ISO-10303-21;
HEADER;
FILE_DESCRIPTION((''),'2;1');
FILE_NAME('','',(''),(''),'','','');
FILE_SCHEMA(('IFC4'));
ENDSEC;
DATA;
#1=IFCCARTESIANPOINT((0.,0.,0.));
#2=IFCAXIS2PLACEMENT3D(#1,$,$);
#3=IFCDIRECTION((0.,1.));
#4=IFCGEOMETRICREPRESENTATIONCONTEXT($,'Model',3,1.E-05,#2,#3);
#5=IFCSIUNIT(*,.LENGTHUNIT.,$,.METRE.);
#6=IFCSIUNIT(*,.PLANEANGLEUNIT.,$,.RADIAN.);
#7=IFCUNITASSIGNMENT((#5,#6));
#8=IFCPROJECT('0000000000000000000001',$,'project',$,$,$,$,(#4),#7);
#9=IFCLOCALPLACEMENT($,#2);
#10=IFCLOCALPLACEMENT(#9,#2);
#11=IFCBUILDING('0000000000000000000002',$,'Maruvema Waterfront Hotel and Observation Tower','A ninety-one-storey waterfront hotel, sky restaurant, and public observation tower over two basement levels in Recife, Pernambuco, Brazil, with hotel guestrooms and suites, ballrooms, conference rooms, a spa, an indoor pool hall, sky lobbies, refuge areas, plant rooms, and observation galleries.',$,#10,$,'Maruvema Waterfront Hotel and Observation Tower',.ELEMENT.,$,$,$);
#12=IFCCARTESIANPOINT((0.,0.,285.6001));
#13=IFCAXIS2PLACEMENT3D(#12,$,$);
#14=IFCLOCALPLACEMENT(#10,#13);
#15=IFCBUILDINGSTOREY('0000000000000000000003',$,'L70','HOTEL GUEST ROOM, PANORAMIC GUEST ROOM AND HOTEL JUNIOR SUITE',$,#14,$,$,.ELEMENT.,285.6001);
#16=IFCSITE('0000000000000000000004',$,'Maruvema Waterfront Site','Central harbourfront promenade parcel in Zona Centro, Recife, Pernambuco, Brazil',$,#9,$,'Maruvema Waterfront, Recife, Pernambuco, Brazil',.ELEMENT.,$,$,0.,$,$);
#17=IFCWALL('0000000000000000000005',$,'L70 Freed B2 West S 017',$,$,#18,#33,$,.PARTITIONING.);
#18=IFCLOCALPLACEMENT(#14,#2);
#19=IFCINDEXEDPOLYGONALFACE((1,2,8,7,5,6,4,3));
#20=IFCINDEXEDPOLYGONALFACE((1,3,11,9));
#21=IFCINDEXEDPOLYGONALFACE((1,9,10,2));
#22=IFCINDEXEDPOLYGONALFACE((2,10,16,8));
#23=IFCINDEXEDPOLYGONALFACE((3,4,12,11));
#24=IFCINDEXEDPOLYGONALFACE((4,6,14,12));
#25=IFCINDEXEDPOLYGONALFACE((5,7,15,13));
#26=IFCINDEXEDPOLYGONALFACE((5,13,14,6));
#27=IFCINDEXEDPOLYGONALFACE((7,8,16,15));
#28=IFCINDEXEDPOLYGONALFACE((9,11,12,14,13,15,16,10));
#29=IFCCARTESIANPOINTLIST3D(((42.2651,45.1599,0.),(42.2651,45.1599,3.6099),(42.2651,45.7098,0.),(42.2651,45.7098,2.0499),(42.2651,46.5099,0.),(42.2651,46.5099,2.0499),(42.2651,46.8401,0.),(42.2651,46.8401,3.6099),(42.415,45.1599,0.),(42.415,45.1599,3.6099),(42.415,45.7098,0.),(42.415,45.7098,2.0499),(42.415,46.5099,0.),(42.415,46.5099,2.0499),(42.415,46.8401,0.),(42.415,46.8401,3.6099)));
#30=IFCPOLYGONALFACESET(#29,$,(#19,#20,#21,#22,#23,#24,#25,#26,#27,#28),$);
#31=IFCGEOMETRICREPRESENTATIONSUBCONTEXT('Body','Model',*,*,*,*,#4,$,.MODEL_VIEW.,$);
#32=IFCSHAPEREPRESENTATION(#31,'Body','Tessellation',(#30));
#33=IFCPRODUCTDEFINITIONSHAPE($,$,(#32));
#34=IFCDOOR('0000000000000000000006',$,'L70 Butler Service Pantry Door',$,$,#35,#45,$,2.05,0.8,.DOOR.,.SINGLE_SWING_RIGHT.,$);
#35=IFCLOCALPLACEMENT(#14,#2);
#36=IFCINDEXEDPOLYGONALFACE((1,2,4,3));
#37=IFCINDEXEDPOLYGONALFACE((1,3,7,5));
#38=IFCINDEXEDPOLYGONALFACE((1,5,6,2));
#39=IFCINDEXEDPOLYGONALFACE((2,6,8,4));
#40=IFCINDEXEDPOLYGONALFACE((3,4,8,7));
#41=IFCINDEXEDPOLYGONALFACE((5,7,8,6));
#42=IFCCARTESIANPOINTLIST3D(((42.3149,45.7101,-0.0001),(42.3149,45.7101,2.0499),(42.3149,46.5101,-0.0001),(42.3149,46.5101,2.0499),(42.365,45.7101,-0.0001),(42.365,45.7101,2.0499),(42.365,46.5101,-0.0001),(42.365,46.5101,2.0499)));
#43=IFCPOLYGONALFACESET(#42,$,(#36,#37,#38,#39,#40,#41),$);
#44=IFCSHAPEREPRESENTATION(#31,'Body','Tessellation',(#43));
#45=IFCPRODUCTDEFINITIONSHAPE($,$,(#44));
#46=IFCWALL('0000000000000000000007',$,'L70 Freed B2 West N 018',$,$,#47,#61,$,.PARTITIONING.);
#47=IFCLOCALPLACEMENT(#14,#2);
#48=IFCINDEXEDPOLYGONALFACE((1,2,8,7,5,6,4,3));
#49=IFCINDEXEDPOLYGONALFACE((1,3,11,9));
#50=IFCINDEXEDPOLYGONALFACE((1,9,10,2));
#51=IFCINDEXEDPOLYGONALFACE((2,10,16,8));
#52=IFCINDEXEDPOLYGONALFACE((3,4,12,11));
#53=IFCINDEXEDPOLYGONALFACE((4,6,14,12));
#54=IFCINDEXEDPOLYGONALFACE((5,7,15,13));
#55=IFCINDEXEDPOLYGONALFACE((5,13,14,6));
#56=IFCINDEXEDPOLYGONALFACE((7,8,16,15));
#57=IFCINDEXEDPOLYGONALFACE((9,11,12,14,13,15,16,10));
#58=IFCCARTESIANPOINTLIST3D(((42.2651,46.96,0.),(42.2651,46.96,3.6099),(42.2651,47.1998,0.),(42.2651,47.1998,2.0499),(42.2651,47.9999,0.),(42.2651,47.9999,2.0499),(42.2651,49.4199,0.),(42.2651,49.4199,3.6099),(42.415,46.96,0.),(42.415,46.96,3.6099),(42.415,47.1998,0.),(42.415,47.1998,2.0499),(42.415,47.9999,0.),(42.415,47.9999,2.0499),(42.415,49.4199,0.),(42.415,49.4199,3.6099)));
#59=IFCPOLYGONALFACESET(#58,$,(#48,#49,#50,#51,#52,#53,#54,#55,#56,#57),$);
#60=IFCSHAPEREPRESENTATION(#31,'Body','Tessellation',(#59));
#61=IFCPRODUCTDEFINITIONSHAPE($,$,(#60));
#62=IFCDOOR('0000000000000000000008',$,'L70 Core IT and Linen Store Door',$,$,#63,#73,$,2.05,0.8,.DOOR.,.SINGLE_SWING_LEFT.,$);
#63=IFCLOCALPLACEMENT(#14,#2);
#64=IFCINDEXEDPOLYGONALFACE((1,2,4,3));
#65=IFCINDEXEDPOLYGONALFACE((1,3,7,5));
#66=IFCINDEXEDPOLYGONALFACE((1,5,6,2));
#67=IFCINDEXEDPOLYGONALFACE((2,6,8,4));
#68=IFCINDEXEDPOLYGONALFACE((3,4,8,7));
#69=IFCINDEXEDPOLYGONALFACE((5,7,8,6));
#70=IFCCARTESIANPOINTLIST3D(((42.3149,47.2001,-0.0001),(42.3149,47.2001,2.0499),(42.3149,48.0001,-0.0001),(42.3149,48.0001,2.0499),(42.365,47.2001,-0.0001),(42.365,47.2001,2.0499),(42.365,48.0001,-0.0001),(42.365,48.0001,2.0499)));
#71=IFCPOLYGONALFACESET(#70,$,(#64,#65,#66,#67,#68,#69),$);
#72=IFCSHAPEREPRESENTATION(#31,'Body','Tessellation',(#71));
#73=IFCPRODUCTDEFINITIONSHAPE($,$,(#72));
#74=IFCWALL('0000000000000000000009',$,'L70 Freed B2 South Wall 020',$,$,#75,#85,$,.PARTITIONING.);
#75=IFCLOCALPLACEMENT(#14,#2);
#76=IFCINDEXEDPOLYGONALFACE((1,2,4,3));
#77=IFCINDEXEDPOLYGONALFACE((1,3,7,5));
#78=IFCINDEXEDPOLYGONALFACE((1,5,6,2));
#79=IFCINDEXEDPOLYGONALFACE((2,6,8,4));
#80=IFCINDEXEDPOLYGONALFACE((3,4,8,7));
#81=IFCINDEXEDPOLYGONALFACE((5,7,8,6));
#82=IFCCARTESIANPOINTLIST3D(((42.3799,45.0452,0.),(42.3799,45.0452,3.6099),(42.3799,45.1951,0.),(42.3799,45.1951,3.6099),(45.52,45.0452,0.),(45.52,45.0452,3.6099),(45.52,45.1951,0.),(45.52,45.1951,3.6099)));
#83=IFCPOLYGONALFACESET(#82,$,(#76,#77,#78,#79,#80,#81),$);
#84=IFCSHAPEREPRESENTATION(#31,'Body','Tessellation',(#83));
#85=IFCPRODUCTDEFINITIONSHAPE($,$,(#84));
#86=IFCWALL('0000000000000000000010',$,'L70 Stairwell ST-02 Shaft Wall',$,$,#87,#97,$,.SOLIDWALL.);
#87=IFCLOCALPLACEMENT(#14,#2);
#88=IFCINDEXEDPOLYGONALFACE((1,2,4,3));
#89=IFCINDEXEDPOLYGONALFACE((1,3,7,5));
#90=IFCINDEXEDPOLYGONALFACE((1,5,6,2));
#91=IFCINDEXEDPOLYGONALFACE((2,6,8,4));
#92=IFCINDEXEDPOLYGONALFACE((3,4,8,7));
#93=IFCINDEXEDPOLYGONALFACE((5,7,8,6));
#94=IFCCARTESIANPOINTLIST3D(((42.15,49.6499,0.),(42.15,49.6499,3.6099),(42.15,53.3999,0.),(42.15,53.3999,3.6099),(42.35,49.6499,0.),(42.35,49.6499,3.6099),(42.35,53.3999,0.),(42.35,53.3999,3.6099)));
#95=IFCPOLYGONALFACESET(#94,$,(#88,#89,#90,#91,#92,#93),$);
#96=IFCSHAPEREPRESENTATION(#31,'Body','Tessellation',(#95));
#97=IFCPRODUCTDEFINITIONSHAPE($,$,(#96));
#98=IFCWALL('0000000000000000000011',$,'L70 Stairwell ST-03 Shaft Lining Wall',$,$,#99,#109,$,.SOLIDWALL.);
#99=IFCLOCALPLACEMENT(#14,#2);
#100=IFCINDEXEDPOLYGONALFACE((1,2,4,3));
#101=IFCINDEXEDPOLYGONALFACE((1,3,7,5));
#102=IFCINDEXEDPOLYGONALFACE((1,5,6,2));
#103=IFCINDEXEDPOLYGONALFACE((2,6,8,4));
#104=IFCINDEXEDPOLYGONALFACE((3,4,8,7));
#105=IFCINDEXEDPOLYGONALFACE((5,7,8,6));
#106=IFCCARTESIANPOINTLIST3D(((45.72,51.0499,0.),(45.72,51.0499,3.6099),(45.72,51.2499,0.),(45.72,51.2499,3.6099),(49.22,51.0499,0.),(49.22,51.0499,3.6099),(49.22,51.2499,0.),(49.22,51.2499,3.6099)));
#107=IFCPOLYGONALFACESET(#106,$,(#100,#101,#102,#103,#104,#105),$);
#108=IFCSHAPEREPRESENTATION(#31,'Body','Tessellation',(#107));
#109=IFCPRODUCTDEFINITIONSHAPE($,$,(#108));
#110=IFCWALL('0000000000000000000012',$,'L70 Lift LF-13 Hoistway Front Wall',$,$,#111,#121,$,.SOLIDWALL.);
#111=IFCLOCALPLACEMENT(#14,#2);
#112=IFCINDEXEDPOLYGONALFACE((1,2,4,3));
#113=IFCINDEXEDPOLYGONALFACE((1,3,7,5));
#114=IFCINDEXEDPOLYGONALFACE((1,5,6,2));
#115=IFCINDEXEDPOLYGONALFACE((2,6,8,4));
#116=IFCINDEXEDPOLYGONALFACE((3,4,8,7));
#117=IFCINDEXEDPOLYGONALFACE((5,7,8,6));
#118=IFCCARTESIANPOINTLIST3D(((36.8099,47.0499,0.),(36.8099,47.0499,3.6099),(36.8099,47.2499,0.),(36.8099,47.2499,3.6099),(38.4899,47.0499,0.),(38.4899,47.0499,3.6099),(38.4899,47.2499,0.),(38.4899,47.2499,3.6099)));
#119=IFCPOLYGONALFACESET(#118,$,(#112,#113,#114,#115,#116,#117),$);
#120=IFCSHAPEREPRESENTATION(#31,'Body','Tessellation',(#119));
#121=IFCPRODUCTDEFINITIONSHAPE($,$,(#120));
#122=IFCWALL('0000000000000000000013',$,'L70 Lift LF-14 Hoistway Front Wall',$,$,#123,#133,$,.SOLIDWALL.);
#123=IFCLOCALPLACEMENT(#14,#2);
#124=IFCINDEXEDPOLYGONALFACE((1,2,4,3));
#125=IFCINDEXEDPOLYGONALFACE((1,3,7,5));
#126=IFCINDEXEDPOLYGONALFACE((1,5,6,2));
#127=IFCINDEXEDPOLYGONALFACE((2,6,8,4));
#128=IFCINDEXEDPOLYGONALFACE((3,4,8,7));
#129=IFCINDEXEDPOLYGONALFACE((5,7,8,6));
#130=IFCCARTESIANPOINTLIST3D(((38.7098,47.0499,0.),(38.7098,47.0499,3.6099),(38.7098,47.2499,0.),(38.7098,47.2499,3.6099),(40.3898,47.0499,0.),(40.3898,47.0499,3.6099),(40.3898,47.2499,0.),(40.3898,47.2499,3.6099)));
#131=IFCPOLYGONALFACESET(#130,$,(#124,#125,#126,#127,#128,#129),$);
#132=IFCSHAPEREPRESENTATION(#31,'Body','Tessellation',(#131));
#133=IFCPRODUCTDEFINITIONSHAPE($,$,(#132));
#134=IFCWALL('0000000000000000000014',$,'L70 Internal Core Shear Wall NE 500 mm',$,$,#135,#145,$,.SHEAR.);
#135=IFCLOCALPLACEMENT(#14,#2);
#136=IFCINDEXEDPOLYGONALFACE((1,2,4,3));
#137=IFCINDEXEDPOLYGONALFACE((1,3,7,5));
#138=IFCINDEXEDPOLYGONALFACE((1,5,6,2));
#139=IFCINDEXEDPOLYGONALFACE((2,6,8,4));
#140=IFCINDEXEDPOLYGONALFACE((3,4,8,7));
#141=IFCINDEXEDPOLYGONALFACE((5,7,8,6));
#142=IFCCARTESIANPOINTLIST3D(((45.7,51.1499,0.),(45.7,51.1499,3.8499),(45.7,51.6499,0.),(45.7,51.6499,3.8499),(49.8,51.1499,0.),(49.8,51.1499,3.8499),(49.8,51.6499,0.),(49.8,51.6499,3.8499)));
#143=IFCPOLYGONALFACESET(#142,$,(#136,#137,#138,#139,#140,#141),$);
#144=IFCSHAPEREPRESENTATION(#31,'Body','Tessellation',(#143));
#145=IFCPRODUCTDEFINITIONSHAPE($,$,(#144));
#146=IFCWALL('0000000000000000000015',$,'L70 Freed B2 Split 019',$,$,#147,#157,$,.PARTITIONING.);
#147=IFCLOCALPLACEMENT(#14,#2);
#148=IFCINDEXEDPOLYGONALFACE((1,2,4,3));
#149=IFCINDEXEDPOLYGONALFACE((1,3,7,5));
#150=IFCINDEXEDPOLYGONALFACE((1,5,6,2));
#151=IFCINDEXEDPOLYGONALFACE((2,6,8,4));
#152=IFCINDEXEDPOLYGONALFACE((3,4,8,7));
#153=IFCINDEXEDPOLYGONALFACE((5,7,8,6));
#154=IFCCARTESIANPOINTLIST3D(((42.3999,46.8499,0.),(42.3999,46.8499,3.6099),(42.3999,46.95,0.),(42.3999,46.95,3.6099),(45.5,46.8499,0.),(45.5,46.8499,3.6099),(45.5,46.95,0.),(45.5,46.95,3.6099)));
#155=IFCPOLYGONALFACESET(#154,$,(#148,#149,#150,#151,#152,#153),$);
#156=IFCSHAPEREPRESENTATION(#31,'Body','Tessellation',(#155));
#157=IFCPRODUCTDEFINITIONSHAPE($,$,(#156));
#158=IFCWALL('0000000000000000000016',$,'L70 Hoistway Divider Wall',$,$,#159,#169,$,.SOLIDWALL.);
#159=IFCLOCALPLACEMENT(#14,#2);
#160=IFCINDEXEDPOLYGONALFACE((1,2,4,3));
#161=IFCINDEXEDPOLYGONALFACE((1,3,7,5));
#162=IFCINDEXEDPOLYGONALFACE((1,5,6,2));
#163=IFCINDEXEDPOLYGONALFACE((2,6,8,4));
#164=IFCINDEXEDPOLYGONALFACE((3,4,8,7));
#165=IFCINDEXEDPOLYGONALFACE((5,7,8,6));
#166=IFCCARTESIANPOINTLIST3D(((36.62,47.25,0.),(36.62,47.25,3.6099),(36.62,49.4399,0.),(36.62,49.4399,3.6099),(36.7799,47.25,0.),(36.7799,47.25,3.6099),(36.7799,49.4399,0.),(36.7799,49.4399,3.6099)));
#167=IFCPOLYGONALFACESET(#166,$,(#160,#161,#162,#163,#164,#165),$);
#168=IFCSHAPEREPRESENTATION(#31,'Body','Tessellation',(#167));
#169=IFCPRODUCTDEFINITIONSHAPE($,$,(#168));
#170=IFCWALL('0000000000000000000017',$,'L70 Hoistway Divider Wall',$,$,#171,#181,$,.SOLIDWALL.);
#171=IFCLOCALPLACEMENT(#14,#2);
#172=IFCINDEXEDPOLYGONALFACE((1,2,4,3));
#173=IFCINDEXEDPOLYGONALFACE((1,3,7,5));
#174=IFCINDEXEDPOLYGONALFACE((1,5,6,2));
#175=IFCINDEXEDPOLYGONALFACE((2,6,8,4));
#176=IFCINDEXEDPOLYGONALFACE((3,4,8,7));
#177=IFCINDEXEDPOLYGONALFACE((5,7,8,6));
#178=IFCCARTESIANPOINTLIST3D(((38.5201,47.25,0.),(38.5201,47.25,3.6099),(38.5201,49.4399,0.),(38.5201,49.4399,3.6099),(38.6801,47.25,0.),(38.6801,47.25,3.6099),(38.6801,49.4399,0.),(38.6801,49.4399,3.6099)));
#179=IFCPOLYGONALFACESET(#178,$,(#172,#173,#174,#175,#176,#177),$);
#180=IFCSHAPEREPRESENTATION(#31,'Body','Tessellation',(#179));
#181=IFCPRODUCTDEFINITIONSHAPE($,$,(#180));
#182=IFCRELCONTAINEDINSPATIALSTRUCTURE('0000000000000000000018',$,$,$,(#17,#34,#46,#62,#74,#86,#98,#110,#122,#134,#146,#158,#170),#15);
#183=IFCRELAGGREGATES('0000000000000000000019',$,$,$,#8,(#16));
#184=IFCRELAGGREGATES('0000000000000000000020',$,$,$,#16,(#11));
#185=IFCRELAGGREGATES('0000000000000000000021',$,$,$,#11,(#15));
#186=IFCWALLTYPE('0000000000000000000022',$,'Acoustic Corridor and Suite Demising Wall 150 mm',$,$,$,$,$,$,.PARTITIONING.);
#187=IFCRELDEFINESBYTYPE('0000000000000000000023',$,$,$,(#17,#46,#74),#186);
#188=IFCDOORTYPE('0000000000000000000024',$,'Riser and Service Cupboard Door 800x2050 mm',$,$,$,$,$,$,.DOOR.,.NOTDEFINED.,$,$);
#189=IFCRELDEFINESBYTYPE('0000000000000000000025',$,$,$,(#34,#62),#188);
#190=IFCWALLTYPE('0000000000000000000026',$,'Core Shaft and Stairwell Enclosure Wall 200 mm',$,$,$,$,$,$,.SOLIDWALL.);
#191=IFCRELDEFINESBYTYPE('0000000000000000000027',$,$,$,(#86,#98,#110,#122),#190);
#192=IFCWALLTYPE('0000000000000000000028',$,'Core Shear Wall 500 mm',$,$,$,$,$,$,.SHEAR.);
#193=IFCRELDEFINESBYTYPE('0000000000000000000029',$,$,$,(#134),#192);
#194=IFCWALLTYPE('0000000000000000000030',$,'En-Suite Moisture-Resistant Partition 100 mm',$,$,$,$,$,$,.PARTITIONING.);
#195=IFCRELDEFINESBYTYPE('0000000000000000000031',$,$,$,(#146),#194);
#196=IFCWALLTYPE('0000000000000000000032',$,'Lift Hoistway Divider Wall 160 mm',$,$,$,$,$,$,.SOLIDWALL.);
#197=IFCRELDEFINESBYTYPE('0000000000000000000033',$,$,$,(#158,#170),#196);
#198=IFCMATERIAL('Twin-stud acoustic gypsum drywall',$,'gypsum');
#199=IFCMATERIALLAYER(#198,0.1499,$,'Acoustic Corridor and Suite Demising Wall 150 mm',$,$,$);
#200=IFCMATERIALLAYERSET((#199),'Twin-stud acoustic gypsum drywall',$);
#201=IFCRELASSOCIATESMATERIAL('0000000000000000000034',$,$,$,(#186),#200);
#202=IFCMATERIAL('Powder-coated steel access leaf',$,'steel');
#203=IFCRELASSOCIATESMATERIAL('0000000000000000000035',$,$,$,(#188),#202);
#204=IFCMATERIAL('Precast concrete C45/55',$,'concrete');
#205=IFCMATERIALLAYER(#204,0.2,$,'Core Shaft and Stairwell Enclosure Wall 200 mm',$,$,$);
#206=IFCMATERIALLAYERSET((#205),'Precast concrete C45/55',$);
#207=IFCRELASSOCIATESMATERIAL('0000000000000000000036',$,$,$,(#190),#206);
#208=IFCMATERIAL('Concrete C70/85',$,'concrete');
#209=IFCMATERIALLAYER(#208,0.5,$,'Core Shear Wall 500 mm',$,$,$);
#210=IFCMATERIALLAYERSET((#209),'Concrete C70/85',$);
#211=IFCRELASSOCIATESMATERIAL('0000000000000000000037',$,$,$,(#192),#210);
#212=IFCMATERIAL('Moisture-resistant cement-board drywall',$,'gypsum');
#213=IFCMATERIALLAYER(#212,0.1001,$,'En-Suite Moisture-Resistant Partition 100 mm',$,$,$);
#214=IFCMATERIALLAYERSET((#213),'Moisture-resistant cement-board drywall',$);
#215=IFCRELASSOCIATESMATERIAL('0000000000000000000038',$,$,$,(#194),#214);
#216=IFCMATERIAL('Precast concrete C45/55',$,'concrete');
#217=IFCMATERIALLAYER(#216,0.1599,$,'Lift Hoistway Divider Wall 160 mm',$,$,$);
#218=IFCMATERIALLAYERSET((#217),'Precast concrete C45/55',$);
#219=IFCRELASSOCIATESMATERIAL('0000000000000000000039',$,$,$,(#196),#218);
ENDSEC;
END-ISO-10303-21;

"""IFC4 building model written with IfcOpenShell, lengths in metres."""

from ifc_helpers import new_model, si_unit, direction, frame, frame_2d, origin, place, context, subcontext, project, spatial, rectangle, extrude, material, layer, layer_set, type_object, element, fill, save


model = new_model("IFC4")

# Units and contexts
model_context = context("Model", 3, precision=1e-05, world=origin(), true_north=direction((0.0, 1.0)))
body_context = subcontext(model_context, "Body", "Model", "MODEL_VIEW")
ifc_project = project(units=[si_unit("LENGTHUNIT", "METRE"), si_unit("PLANEANGLEUNIT", "RADIAN")], contexts=[model_context])

# Site, building, storey
site_placement = place(None, origin())
site = spatial("IfcSite", under=ifc_project, at=site_placement, Name="Maruvema Waterfront Site", Description="Central harbourfront promenade parcel in Zona Centro, Recife, Pernambuco, Brazil", LongName="Maruvema Waterfront, Recife, Pernambuco, Brazil", CompositionType="ELEMENT", RefElevation=0.0)
building_placement = place(site_placement, origin())
building = spatial("IfcBuilding", under=site, at=building_placement, Name="Maruvema Waterfront Hotel and Observation Tower", Description="A ninety-one-storey waterfront hotel, sky restaurant, and public observation tower over two basement levels in Recife, Pernambuco, Brazil, with hotel guestrooms and suites, ballrooms, conference rooms, a spa, an indoor pool hall, sky lobbies, refuge areas, plant rooms, and observation galleries.", LongName="Maruvema Waterfront Hotel and Observation Tower", CompositionType="ELEMENT")
storey_placement = place(building_placement, frame((0.0, 0.0, 285.6001)))
storey = spatial("IfcBuildingStorey", under=building, at=storey_placement, Name="L70", Description="HOTEL GUEST ROOM, PANORAMIC GUEST ROOM AND HOTEL JUNIOR SUITE", CompositionType="ELEMENT", Elevation=285.6001)

# Walls, openings, doors
ifc_material_1 = material(Name="Twin-stud acoustic gypsum drywall", Category="gypsum")
ifc_layer_1 = layer(ifc_material_1, 0.1499, Name="Acoustic Corridor and Suite Demising Wall 150 mm")
ifc_layer_set_1 = layer_set([ifc_layer_1], Name="Twin-stud acoustic gypsum drywall")
wall_type_1 = type_object("IfcWallType", Name="Acoustic Corridor and Suite Demising Wall 150 mm", PredefinedType="PARTITIONING", material=ifc_layer_set_1)
wall_1_placement = place(storey_placement, frame((42.3401, 45.1599, 0.0), z_axis=(0.0, 0.0, 1.0), x_axis=(0.0, 1.0, 0.0)))
wall_1 = element("IfcWall", 1, at=wall_1_placement, inside=storey, type_object=wall_type_1, Name="L70 Freed B2 West S 017", PredefinedType="PARTITIONING", context=body_context, shape_type="SweptSolid", body=[
    extrude(rectangle(XDim=1.6802, YDim=0.1499, at=frame_2d((0.8401, 0.0))), origin(), (0.0, 0.0, 1.0), 3.6099),
])
opening_1_placement = place(wall_1_placement, frame((0.55, 0.0, 0.0)))
opening_1 = element("IfcOpeningElement", 2, at=opening_1_placement, cuts=wall_1, PredefinedType="OPENING", context=body_context, shape_type="SweptSolid", body=[
    extrude(rectangle(XDim=0.8, YDim=2.05, at=frame_2d((0.3999, 1.0249))), frame((0.0, 0.085, 0.0), z_axis=(0.0, -1.0, 0.0), x_axis=(1.0, 0.0, 0.0)), (0.0, 0.0, 1.0), 0.1699),
])
ifc_material_2 = material(Name="Powder-coated steel access leaf", Category="steel")
door_type = type_object("IfcDoorType", Name="Riser and Service Cupboard Door 800x2050 mm", OperationType="NOTDEFINED", PredefinedType="DOOR", material=ifc_material_2)
door_1_placement = place(opening_1_placement, frame((0.8, 0.0, 0.0), z_axis=(0.0, 0.0, 1.0), x_axis=(-1.0, 0.0, 0.0)))
door_1 = element("IfcDoor", 3, at=door_1_placement, inside=storey, type_object=door_type, Name="L70 Butler Service Pantry Door", OperationType="SINGLE_SWING_RIGHT", OverallHeight=2.05, OverallWidth=0.8, PredefinedType="DOOR", context=body_context, shape_type="SweptSolid", body=[
    extrude(rectangle(XDim=0.8, YDim=2.05, at=frame_2d((0.3999, 1.0249))), frame((0.0, 0.0249, 0.0), z_axis=(0.0, -1.0, 0.0), x_axis=(1.0, 0.0, 0.0)), (0.0, 0.0, 1.0), 0.05),
])
fill(opening_1, door_1)
wall_2_placement = place(storey_placement, frame((42.3401, 46.96, 0.0), z_axis=(0.0, 0.0, 1.0), x_axis=(0.0, 1.0, 0.0)))
wall_2 = element("IfcWall", 4, at=wall_2_placement, inside=storey, type_object=wall_type_1, Name="L70 Freed B2 West N 018", PredefinedType="PARTITIONING", context=body_context, shape_type="SweptSolid", body=[
    extrude(rectangle(XDim=2.46, YDim=0.1499, at=frame_2d((1.23, 0.0))), origin(), (0.0, 0.0, 1.0), 3.6099),
])
opening_2_placement = place(wall_2_placement, frame((0.24, 0.0, 0.0)))
opening_2 = element("IfcOpeningElement", 5, at=opening_2_placement, cuts=wall_2, PredefinedType="OPENING", context=body_context, shape_type="SweptSolid", body=[
    extrude(rectangle(XDim=0.8, YDim=2.05, at=frame_2d((0.3999, 1.0249))), frame((0.0, 0.085, 0.0), z_axis=(0.0, -1.0, 0.0), x_axis=(1.0, 0.0, 0.0)), (0.0, 0.0, 1.0), 0.1699),
])
door_2_placement = place(opening_2_placement, frame((0.8, 0.0, 0.0), z_axis=(0.0, 0.0, 1.0), x_axis=(-1.0, 0.0, 0.0)))
door_2 = element("IfcDoor", 6, at=door_2_placement, inside=storey, type_object=door_type, Name="L70 Core IT and Linen Store Door", OperationType="SINGLE_SWING_LEFT", OverallHeight=2.05, OverallWidth=0.8, PredefinedType="DOOR", context=body_context, shape_type="SweptSolid", body=[
    extrude(rectangle(XDim=0.8, YDim=2.05, at=frame_2d((0.3999, 1.0249))), frame((0.0, 0.0249, 0.0), z_axis=(0.0, -1.0, 0.0), x_axis=(1.0, 0.0, 0.0)), (0.0, 0.0, 1.0), 0.05),
])
fill(opening_2, door_2)

# Walls
wall_3_placement = place(storey_placement, frame((42.3799, 45.1201, 0.0), z_axis=(0.0, 0.0, 1.0), x_axis=(1.0, 0.0, 0.0)))
element("IfcWall", 7, at=wall_3_placement, inside=storey, type_object=wall_type_1, Name="L70 Freed B2 South Wall 020", PredefinedType="PARTITIONING", context=body_context, shape_type="SweptSolid", body=[
    extrude(rectangle(XDim=3.1401, YDim=0.1499, at=frame_2d((1.5701, 0.0))), origin(), (0.0, 0.0, 1.0), 3.6099),
])
ifc_material_3 = material(Name="Precast concrete C45/55", Category="concrete")
ifc_layer_2 = layer(ifc_material_3, 0.2, Name="Core Shaft and Stairwell Enclosure Wall 200 mm")
ifc_layer_set_2 = layer_set([ifc_layer_2], Name="Precast concrete C45/55")
wall_type_2 = type_object("IfcWallType", Name="Core Shaft and Stairwell Enclosure Wall 200 mm", PredefinedType="SOLIDWALL", material=ifc_layer_set_2)
wall_4_placement = place(storey_placement, frame((42.25, 49.6499, 0.0), z_axis=(0.0, 0.0, 1.0), x_axis=(0.0, 1.0, 0.0)))
element("IfcWall", 8, at=wall_4_placement, inside=storey, type_object=wall_type_2, Name="L70 Stairwell ST-02 Shaft Wall", PredefinedType="SOLIDWALL", context=body_context, shape_type="SweptSolid", body=[
    extrude(rectangle(XDim=3.75, YDim=0.2, at=frame_2d((1.875, 0.0))), origin(), (0.0, 0.0, 1.0), 3.6099),
])
wall_5_placement = place(storey_placement, frame((45.72, 51.1499, 0.0), z_axis=(0.0, 0.0, 1.0), x_axis=(1.0, 0.0, 0.0)))
element("IfcWall", 9, at=wall_5_placement, inside=storey, type_object=wall_type_2, Name="L70 Stairwell ST-03 Shaft Lining Wall", PredefinedType="SOLIDWALL", context=body_context, shape_type="SweptSolid", body=[
    extrude(rectangle(XDim=3.5, YDim=0.2, at=frame_2d((1.75, 0.0))), origin(), (0.0, 0.0, 1.0), 3.6099),
])
for number, where, z_axis, x_axis, name in (
    (10, (36.8101, 47.1499, 0.0), (0.0, 0.0, 1.0), (1.0, 0.0, 0.0), "L70 Lift LF-13 Hoistway Front Wall"),
    (11, (38.71, 47.1499, 0.0), (0.0, 0.0, 1.0), (1.0, 0.0, 0.0), "L70 Lift LF-14 Hoistway Front Wall"),
):
    element("IfcWall", number, at=place(storey_placement, frame(where, z_axis=z_axis, x_axis=x_axis)), inside=storey, type_object=wall_type_2, Name=name, PredefinedType="SOLIDWALL", context=body_context, shape_type="SweptSolid", body=[
        extrude(rectangle(XDim=1.6799, YDim=0.2, at=frame_2d((0.8398, 0.0))), origin(), (0.0, 0.0, 1.0), 3.6099),
    ])
ifc_material_4 = material(Name="Concrete C70/85", Category="concrete")
ifc_layer_3 = layer(ifc_material_4, 0.5, Name="Core Shear Wall 500 mm")
ifc_layer_set_3 = layer_set([ifc_layer_3], Name="Concrete C70/85")
wall_type_3 = type_object("IfcWallType", Name="Core Shear Wall 500 mm", PredefinedType="SHEAR", material=ifc_layer_set_3)
wall_6_placement = place(storey_placement, frame((45.7, 51.3999, 0.0), z_axis=(0.0, 0.0, 1.0), x_axis=(1.0, 0.0, 0.0)))
element("IfcWall", 12, at=wall_6_placement, inside=storey, type_object=wall_type_3, Name="L70 Internal Core Shear Wall NE 500 mm", PredefinedType="SHEAR", context=body_context, shape_type="SweptSolid", body=[
    extrude(rectangle(XDim=4.1001, YDim=0.5, at=frame_2d((2.05, 0.0))), origin(), (0.0, 0.0, 1.0), 3.8499),
])
ifc_material_5 = material(Name="Moisture-resistant cement-board drywall", Category="gypsum")
ifc_layer_4 = layer(ifc_material_5, 0.1001, Name="En-Suite Moisture-Resistant Partition 100 mm")
ifc_layer_set_4 = layer_set([ifc_layer_4], Name="Moisture-resistant cement-board drywall")
wall_type_4 = type_object("IfcWallType", Name="En-Suite Moisture-Resistant Partition 100 mm", PredefinedType="PARTITIONING", material=ifc_layer_set_4)
wall_7_placement = place(storey_placement, frame((42.3999, 46.8999, 0.0), z_axis=(0.0, 0.0, 1.0), x_axis=(1.0, 0.0, 0.0)))
element("IfcWall", 13, at=wall_7_placement, inside=storey, type_object=wall_type_4, Name="L70 Freed B2 Split 019", PredefinedType="PARTITIONING", context=body_context, shape_type="SweptSolid", body=[
    extrude(rectangle(XDim=3.1001, YDim=0.1001, at=frame_2d((1.55, 0.0))), origin(), (0.0, 0.0, 1.0), 3.6099),
])
ifc_material_6 = material(Name="Precast concrete C45/55", Category="concrete")
ifc_layer_5 = layer(ifc_material_6, 0.1599, Name="Lift Hoistway Divider Wall 160 mm")
ifc_layer_set_5 = layer_set([ifc_layer_5], Name="Precast concrete C45/55")
wall_type_5 = type_object("IfcWallType", Name="Lift Hoistway Divider Wall 160 mm", PredefinedType="SOLIDWALL", material=ifc_layer_set_5)
for number, where, z_axis, x_axis, name in (
    (14, (36.7, 47.25, 0.0), (0.0, 0.0, 1.0), (0.0, 1.0, 0.0), "L70 Hoistway Divider Wall"),
    (15, (38.6001, 47.25, 0.0), (0.0, 0.0, 1.0), (0.0, 1.0, 0.0), "L70 Hoistway Divider Wall"),
):
    element("IfcWall", number, at=place(storey_placement, frame(where, z_axis=z_axis, x_axis=x_axis)), inside=storey, type_object=wall_type_5, Name=name, PredefinedType="SOLIDWALL", context=body_context, shape_type="SweptSolid", body=[
        extrude(rectangle(XDim=2.1899, YDim=0.1599, at=frame_2d((1.095, 0.0))), origin(), (0.0, 0.0, 1.0), 3.6099),
    ])

save(model, "model.ifc")
